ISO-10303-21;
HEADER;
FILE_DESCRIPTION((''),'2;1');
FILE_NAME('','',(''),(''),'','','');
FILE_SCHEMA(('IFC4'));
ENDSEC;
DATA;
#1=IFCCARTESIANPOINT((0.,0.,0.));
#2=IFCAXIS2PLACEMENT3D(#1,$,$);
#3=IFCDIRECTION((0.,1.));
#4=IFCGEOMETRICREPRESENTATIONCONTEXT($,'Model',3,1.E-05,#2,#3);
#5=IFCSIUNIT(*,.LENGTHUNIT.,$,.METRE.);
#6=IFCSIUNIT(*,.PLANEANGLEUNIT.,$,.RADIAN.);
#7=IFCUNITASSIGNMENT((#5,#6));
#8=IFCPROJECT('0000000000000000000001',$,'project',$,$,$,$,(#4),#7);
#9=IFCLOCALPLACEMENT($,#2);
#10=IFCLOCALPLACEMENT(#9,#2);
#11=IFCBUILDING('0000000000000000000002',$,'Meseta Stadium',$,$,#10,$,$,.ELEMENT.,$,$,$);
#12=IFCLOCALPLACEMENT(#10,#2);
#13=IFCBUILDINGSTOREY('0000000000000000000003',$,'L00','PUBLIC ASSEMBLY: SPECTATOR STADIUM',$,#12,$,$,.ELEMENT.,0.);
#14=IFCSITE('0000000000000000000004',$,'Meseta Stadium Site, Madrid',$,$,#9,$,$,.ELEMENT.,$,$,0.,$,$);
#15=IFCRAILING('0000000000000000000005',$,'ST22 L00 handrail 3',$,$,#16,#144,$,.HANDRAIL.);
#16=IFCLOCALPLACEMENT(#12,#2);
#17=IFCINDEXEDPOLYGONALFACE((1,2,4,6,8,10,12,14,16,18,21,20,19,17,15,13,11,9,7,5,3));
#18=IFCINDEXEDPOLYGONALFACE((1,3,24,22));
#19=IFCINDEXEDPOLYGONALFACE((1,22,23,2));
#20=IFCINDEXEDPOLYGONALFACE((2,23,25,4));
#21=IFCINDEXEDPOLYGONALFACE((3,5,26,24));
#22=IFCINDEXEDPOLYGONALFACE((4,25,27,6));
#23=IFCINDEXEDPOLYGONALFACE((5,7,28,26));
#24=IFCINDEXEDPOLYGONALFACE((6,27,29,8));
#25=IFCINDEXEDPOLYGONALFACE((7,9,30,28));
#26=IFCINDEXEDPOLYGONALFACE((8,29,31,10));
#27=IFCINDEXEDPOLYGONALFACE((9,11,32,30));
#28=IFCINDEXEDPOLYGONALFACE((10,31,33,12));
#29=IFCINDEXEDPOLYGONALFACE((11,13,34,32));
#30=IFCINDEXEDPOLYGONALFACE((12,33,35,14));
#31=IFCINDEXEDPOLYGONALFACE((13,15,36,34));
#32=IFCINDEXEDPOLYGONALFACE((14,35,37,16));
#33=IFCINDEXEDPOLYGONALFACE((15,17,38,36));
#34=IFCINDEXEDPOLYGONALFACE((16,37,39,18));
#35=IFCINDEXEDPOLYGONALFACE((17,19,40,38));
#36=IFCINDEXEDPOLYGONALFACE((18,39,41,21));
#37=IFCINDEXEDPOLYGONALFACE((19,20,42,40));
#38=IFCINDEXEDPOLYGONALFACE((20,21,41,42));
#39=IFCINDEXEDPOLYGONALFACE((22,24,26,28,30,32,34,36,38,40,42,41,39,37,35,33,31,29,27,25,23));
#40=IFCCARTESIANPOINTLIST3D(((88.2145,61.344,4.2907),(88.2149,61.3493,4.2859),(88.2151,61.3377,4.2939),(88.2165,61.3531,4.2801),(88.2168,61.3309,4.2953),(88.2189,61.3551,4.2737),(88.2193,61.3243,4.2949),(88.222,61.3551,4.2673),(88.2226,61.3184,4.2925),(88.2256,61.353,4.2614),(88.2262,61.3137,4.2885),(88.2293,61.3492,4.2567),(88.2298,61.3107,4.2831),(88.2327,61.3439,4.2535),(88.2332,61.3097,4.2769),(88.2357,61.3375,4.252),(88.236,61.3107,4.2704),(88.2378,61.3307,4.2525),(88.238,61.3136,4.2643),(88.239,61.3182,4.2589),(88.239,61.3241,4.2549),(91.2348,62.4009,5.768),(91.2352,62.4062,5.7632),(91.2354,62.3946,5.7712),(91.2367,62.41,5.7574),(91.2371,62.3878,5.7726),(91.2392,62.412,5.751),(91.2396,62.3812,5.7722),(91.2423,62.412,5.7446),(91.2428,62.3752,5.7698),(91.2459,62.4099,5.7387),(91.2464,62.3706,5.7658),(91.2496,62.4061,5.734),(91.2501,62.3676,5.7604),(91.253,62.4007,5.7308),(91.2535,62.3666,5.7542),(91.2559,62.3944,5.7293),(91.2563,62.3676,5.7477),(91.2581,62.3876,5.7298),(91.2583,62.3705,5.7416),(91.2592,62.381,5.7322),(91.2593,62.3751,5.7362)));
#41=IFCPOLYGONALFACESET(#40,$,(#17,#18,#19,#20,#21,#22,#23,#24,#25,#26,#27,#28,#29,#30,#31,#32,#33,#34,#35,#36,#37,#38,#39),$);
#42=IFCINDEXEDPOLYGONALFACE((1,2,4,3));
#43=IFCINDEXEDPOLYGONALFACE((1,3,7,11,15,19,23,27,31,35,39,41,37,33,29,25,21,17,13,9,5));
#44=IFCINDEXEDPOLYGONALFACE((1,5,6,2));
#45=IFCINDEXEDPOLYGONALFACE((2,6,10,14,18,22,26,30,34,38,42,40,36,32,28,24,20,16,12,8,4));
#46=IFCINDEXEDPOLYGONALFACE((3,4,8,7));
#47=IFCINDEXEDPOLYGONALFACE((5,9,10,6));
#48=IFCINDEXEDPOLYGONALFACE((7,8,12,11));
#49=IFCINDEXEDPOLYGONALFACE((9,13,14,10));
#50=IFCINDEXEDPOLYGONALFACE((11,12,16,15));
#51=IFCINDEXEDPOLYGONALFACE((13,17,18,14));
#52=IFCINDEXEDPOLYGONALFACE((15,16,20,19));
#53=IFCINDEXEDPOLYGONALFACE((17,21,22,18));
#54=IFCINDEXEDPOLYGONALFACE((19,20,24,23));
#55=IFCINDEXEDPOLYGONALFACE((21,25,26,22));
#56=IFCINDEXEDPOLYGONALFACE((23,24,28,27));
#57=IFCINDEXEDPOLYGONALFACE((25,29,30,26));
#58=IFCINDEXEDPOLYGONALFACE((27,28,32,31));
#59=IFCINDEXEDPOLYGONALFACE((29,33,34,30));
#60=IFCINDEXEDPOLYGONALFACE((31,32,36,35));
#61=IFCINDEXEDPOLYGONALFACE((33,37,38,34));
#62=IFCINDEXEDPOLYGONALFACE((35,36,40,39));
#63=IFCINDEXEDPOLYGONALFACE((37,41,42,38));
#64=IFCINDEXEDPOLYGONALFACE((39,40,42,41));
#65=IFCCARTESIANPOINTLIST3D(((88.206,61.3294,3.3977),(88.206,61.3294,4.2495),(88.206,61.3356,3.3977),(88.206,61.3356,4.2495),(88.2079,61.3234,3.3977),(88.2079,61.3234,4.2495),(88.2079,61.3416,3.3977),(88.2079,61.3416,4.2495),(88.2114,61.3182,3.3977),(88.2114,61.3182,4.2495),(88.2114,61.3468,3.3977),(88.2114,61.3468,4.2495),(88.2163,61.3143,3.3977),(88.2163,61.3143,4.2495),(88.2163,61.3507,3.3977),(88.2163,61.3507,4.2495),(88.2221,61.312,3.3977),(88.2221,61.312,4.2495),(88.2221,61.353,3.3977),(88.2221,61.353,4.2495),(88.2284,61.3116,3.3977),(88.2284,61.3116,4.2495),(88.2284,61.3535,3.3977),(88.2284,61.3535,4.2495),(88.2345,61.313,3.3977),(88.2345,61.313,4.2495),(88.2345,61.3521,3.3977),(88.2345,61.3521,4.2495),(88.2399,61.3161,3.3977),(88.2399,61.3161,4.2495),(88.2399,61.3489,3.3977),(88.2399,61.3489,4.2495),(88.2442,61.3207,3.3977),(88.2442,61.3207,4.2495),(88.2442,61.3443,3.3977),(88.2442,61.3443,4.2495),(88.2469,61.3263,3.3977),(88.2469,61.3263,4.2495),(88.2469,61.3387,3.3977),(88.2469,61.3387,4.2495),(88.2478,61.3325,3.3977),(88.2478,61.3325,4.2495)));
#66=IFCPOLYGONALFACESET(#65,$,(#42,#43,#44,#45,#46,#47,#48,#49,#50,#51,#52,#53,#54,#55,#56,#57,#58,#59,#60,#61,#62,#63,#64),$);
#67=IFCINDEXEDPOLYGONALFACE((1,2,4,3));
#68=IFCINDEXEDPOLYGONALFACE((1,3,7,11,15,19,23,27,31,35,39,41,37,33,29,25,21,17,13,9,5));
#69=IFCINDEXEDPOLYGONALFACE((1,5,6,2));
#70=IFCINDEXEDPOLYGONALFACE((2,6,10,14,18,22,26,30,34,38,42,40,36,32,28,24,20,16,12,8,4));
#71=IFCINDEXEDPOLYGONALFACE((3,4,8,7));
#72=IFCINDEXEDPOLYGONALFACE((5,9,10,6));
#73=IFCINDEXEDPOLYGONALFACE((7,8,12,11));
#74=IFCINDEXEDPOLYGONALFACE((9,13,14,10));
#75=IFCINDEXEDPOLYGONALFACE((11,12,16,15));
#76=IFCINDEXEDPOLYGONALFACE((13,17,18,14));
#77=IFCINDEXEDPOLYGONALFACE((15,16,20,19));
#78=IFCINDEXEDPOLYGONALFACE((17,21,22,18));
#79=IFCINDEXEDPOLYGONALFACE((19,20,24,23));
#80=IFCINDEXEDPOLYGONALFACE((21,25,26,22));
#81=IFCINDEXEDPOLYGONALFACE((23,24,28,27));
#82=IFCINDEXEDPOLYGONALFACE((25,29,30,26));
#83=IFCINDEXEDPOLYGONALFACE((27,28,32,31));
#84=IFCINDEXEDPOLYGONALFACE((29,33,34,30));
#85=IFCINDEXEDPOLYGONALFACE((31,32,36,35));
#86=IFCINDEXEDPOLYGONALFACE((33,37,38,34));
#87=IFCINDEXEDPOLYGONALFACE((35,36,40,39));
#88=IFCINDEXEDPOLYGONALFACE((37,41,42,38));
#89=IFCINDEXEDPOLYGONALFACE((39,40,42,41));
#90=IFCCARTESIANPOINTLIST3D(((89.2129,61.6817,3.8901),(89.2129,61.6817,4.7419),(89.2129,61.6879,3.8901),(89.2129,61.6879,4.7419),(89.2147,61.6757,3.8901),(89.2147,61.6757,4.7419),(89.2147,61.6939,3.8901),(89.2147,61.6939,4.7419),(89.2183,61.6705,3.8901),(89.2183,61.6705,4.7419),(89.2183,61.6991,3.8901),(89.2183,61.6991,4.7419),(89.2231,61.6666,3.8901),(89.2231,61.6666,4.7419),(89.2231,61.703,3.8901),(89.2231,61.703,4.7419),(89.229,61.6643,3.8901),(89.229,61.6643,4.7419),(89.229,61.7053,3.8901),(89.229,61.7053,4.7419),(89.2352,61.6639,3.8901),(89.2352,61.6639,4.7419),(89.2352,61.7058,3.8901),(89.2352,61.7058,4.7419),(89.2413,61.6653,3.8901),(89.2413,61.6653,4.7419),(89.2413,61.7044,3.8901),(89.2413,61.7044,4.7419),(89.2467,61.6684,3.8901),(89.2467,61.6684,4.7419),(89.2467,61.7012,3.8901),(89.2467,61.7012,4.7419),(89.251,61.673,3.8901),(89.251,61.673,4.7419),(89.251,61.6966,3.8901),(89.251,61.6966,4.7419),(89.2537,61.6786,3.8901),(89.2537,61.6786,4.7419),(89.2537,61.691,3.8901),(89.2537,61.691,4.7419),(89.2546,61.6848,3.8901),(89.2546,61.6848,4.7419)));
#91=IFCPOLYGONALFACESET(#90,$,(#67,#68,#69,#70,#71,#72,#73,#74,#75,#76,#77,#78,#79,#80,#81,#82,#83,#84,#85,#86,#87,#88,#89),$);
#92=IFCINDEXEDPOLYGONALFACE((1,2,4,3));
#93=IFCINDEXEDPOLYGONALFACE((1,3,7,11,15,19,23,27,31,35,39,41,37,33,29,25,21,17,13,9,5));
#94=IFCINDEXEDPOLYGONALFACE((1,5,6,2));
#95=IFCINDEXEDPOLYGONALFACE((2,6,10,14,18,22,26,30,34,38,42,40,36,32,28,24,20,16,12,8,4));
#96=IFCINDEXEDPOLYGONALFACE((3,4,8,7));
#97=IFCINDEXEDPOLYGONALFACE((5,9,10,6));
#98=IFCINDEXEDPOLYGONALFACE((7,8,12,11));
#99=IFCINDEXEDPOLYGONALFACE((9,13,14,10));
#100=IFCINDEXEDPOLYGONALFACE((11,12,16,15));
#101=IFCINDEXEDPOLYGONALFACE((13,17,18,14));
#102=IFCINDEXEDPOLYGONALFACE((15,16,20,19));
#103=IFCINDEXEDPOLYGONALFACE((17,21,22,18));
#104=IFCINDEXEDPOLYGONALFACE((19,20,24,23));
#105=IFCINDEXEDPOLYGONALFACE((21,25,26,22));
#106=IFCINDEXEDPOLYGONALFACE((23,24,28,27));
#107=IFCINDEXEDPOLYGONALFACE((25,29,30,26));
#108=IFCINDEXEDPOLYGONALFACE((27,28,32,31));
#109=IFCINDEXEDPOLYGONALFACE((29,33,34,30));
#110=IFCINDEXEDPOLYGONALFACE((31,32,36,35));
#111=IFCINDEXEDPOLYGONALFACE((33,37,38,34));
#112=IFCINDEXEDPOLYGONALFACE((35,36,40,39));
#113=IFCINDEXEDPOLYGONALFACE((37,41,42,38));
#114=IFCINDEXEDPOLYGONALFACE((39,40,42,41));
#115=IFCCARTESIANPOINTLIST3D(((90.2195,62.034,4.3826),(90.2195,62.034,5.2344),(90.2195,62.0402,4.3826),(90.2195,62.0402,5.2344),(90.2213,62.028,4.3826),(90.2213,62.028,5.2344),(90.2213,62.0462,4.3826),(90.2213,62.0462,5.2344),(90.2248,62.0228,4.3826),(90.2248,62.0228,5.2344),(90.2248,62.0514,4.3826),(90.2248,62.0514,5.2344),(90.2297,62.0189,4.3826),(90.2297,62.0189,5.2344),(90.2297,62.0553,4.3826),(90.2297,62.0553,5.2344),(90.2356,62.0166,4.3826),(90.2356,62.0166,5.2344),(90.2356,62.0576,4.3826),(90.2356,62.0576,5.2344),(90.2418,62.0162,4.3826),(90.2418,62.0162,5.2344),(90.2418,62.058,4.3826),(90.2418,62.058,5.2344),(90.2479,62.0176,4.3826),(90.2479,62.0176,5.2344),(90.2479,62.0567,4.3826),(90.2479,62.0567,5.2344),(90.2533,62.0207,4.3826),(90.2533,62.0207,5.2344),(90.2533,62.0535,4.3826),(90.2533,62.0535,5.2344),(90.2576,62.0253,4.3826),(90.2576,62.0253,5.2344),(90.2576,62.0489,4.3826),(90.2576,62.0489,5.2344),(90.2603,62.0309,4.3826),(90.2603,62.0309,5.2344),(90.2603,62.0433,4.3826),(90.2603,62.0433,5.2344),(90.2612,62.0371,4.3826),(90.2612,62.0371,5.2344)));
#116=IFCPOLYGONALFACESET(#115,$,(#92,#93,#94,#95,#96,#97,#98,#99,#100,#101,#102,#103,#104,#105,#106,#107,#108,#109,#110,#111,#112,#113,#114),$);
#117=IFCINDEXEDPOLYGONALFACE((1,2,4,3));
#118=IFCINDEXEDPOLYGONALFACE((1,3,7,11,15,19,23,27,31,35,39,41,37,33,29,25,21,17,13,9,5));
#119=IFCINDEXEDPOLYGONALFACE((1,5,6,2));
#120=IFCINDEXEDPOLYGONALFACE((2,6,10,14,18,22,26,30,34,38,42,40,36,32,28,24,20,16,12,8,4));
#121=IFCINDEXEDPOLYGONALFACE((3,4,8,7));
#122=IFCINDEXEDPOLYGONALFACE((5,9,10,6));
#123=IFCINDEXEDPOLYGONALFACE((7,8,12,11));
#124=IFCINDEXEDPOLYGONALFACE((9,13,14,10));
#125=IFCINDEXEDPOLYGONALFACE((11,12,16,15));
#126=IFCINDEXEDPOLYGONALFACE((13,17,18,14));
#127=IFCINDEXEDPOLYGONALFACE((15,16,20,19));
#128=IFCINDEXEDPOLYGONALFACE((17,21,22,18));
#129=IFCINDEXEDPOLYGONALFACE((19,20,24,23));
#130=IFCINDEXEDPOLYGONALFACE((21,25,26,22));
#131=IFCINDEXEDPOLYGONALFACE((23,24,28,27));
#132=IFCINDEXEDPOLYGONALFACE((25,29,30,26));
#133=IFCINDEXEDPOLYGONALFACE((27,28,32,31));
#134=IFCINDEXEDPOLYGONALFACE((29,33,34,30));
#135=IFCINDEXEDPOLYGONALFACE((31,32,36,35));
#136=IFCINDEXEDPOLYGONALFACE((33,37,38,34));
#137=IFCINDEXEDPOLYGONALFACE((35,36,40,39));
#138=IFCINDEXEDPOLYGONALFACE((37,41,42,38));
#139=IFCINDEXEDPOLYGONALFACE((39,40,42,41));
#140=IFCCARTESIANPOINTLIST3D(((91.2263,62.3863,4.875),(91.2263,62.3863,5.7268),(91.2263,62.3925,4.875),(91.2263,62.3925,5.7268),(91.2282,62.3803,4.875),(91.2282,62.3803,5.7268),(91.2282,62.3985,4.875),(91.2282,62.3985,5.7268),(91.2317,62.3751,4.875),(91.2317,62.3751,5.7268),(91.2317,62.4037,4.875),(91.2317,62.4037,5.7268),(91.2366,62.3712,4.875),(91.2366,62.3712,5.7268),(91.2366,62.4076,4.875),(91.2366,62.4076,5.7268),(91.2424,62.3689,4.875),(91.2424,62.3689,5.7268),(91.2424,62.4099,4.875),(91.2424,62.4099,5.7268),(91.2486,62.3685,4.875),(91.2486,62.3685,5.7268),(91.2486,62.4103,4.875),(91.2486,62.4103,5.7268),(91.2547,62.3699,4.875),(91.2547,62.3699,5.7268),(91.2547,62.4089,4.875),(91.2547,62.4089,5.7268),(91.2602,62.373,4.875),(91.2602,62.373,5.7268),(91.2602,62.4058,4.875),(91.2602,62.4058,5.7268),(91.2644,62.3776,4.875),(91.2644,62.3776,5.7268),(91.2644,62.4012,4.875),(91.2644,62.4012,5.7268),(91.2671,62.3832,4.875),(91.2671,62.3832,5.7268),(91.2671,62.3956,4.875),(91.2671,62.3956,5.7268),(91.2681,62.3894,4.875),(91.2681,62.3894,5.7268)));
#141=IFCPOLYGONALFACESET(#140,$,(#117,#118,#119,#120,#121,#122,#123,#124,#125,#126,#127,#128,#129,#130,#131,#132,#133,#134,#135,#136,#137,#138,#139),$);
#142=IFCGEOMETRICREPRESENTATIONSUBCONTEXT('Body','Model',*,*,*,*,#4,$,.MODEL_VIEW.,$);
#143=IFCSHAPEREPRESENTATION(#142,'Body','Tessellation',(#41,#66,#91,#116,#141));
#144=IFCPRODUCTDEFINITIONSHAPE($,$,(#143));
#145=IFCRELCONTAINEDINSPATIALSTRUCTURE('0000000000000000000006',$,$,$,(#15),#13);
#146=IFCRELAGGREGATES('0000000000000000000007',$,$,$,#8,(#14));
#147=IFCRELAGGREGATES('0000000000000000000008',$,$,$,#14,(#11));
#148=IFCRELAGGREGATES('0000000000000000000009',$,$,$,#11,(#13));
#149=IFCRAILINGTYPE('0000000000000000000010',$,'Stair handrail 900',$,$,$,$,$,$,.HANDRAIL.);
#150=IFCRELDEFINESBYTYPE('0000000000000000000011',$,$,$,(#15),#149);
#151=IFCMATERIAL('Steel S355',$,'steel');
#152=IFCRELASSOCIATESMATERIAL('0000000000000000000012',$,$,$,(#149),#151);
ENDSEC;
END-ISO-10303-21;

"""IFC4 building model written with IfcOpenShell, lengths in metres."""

from ifc_helpers import new_model, si_unit, direction, frame, origin, origin_2d, place, context, subcontext, project, spatial, circle, extrude, material, type_object, element, save


model = new_model("IFC4")

# Units and contexts
model_context = context("Model", 3, precision=1e-05, world=origin(), true_north=direction((0.0, 1.0)))
body_context = subcontext(model_context, "Body", "Model", "MODEL_VIEW")
ifc_project = project(units=[si_unit("LENGTHUNIT", "METRE"), si_unit("PLANEANGLEUNIT", "RADIAN")], contexts=[model_context])

# Site, building, storey
site_placement = place(None, origin())
site = spatial("IfcSite", under=ifc_project, at=site_placement, Name="Meseta Stadium Site, Madrid", CompositionType="ELEMENT", RefElevation=0.0)
building_placement = place(site_placement, origin())
building = spatial("IfcBuilding", under=site, at=building_placement, Name="Meseta Stadium", CompositionType="ELEMENT")
storey_placement = place(building_placement, origin())
storey = spatial("IfcBuildingStorey", under=building, at=storey_placement, Name="L00", Description="PUBLIC ASSEMBLY: SPECTATOR STADIUM", CompositionType="ELEMENT", Elevation=0.0)

# Railing
ifc_material_1 = material(Name="Steel S355", Category="steel")
railing_type_1 = type_object("IfcRailingType", Name="Stair handrail 900", PredefinedType="HANDRAIL", material=ifc_material_1)
for number, where, name in (
    (1, (88.2268, 61.3325, 3.3977), "ST22 L00 handrail 3"),
):
    element("IfcRailing", number, at=place(storey_placement, frame(where)), inside=storey, type_object=railing_type_1, Name=name, PredefinedType="HANDRAIL", context=body_context, shape_type="SweptSolid", body=[
        extrude(circle(Radius=0.0239, at=origin_2d()), frame((0.0, 0.0, 0.876), z_axis=(0.856958, 0.299876, 0.419162), x_axis=(-0.330293, 0.943879, 0.0)), (0.0, 0.0, 1.0), 3.5244),
        extrude(circle(Radius=0.021, at=origin_2d()), origin(), (0.0, 0.0, 1.0), 0.8518),
        extrude(circle(Radius=0.021, at=origin_2d()), frame((1.0068, 0.3523, 0.4924)), (0.0, 0.0, 1.0), 0.8518),
        extrude(circle(Radius=0.021, at=origin_2d()), frame((2.0134, 0.7046, 0.9849)), (0.0, 0.0, 1.0), 0.8518),
        extrude(circle(Radius=0.021, at=origin_2d()), frame((3.0203, 1.0569, 1.4773)), (0.0, 0.0, 1.0), 0.8518),
    ])

save(model, "model.ifc")
